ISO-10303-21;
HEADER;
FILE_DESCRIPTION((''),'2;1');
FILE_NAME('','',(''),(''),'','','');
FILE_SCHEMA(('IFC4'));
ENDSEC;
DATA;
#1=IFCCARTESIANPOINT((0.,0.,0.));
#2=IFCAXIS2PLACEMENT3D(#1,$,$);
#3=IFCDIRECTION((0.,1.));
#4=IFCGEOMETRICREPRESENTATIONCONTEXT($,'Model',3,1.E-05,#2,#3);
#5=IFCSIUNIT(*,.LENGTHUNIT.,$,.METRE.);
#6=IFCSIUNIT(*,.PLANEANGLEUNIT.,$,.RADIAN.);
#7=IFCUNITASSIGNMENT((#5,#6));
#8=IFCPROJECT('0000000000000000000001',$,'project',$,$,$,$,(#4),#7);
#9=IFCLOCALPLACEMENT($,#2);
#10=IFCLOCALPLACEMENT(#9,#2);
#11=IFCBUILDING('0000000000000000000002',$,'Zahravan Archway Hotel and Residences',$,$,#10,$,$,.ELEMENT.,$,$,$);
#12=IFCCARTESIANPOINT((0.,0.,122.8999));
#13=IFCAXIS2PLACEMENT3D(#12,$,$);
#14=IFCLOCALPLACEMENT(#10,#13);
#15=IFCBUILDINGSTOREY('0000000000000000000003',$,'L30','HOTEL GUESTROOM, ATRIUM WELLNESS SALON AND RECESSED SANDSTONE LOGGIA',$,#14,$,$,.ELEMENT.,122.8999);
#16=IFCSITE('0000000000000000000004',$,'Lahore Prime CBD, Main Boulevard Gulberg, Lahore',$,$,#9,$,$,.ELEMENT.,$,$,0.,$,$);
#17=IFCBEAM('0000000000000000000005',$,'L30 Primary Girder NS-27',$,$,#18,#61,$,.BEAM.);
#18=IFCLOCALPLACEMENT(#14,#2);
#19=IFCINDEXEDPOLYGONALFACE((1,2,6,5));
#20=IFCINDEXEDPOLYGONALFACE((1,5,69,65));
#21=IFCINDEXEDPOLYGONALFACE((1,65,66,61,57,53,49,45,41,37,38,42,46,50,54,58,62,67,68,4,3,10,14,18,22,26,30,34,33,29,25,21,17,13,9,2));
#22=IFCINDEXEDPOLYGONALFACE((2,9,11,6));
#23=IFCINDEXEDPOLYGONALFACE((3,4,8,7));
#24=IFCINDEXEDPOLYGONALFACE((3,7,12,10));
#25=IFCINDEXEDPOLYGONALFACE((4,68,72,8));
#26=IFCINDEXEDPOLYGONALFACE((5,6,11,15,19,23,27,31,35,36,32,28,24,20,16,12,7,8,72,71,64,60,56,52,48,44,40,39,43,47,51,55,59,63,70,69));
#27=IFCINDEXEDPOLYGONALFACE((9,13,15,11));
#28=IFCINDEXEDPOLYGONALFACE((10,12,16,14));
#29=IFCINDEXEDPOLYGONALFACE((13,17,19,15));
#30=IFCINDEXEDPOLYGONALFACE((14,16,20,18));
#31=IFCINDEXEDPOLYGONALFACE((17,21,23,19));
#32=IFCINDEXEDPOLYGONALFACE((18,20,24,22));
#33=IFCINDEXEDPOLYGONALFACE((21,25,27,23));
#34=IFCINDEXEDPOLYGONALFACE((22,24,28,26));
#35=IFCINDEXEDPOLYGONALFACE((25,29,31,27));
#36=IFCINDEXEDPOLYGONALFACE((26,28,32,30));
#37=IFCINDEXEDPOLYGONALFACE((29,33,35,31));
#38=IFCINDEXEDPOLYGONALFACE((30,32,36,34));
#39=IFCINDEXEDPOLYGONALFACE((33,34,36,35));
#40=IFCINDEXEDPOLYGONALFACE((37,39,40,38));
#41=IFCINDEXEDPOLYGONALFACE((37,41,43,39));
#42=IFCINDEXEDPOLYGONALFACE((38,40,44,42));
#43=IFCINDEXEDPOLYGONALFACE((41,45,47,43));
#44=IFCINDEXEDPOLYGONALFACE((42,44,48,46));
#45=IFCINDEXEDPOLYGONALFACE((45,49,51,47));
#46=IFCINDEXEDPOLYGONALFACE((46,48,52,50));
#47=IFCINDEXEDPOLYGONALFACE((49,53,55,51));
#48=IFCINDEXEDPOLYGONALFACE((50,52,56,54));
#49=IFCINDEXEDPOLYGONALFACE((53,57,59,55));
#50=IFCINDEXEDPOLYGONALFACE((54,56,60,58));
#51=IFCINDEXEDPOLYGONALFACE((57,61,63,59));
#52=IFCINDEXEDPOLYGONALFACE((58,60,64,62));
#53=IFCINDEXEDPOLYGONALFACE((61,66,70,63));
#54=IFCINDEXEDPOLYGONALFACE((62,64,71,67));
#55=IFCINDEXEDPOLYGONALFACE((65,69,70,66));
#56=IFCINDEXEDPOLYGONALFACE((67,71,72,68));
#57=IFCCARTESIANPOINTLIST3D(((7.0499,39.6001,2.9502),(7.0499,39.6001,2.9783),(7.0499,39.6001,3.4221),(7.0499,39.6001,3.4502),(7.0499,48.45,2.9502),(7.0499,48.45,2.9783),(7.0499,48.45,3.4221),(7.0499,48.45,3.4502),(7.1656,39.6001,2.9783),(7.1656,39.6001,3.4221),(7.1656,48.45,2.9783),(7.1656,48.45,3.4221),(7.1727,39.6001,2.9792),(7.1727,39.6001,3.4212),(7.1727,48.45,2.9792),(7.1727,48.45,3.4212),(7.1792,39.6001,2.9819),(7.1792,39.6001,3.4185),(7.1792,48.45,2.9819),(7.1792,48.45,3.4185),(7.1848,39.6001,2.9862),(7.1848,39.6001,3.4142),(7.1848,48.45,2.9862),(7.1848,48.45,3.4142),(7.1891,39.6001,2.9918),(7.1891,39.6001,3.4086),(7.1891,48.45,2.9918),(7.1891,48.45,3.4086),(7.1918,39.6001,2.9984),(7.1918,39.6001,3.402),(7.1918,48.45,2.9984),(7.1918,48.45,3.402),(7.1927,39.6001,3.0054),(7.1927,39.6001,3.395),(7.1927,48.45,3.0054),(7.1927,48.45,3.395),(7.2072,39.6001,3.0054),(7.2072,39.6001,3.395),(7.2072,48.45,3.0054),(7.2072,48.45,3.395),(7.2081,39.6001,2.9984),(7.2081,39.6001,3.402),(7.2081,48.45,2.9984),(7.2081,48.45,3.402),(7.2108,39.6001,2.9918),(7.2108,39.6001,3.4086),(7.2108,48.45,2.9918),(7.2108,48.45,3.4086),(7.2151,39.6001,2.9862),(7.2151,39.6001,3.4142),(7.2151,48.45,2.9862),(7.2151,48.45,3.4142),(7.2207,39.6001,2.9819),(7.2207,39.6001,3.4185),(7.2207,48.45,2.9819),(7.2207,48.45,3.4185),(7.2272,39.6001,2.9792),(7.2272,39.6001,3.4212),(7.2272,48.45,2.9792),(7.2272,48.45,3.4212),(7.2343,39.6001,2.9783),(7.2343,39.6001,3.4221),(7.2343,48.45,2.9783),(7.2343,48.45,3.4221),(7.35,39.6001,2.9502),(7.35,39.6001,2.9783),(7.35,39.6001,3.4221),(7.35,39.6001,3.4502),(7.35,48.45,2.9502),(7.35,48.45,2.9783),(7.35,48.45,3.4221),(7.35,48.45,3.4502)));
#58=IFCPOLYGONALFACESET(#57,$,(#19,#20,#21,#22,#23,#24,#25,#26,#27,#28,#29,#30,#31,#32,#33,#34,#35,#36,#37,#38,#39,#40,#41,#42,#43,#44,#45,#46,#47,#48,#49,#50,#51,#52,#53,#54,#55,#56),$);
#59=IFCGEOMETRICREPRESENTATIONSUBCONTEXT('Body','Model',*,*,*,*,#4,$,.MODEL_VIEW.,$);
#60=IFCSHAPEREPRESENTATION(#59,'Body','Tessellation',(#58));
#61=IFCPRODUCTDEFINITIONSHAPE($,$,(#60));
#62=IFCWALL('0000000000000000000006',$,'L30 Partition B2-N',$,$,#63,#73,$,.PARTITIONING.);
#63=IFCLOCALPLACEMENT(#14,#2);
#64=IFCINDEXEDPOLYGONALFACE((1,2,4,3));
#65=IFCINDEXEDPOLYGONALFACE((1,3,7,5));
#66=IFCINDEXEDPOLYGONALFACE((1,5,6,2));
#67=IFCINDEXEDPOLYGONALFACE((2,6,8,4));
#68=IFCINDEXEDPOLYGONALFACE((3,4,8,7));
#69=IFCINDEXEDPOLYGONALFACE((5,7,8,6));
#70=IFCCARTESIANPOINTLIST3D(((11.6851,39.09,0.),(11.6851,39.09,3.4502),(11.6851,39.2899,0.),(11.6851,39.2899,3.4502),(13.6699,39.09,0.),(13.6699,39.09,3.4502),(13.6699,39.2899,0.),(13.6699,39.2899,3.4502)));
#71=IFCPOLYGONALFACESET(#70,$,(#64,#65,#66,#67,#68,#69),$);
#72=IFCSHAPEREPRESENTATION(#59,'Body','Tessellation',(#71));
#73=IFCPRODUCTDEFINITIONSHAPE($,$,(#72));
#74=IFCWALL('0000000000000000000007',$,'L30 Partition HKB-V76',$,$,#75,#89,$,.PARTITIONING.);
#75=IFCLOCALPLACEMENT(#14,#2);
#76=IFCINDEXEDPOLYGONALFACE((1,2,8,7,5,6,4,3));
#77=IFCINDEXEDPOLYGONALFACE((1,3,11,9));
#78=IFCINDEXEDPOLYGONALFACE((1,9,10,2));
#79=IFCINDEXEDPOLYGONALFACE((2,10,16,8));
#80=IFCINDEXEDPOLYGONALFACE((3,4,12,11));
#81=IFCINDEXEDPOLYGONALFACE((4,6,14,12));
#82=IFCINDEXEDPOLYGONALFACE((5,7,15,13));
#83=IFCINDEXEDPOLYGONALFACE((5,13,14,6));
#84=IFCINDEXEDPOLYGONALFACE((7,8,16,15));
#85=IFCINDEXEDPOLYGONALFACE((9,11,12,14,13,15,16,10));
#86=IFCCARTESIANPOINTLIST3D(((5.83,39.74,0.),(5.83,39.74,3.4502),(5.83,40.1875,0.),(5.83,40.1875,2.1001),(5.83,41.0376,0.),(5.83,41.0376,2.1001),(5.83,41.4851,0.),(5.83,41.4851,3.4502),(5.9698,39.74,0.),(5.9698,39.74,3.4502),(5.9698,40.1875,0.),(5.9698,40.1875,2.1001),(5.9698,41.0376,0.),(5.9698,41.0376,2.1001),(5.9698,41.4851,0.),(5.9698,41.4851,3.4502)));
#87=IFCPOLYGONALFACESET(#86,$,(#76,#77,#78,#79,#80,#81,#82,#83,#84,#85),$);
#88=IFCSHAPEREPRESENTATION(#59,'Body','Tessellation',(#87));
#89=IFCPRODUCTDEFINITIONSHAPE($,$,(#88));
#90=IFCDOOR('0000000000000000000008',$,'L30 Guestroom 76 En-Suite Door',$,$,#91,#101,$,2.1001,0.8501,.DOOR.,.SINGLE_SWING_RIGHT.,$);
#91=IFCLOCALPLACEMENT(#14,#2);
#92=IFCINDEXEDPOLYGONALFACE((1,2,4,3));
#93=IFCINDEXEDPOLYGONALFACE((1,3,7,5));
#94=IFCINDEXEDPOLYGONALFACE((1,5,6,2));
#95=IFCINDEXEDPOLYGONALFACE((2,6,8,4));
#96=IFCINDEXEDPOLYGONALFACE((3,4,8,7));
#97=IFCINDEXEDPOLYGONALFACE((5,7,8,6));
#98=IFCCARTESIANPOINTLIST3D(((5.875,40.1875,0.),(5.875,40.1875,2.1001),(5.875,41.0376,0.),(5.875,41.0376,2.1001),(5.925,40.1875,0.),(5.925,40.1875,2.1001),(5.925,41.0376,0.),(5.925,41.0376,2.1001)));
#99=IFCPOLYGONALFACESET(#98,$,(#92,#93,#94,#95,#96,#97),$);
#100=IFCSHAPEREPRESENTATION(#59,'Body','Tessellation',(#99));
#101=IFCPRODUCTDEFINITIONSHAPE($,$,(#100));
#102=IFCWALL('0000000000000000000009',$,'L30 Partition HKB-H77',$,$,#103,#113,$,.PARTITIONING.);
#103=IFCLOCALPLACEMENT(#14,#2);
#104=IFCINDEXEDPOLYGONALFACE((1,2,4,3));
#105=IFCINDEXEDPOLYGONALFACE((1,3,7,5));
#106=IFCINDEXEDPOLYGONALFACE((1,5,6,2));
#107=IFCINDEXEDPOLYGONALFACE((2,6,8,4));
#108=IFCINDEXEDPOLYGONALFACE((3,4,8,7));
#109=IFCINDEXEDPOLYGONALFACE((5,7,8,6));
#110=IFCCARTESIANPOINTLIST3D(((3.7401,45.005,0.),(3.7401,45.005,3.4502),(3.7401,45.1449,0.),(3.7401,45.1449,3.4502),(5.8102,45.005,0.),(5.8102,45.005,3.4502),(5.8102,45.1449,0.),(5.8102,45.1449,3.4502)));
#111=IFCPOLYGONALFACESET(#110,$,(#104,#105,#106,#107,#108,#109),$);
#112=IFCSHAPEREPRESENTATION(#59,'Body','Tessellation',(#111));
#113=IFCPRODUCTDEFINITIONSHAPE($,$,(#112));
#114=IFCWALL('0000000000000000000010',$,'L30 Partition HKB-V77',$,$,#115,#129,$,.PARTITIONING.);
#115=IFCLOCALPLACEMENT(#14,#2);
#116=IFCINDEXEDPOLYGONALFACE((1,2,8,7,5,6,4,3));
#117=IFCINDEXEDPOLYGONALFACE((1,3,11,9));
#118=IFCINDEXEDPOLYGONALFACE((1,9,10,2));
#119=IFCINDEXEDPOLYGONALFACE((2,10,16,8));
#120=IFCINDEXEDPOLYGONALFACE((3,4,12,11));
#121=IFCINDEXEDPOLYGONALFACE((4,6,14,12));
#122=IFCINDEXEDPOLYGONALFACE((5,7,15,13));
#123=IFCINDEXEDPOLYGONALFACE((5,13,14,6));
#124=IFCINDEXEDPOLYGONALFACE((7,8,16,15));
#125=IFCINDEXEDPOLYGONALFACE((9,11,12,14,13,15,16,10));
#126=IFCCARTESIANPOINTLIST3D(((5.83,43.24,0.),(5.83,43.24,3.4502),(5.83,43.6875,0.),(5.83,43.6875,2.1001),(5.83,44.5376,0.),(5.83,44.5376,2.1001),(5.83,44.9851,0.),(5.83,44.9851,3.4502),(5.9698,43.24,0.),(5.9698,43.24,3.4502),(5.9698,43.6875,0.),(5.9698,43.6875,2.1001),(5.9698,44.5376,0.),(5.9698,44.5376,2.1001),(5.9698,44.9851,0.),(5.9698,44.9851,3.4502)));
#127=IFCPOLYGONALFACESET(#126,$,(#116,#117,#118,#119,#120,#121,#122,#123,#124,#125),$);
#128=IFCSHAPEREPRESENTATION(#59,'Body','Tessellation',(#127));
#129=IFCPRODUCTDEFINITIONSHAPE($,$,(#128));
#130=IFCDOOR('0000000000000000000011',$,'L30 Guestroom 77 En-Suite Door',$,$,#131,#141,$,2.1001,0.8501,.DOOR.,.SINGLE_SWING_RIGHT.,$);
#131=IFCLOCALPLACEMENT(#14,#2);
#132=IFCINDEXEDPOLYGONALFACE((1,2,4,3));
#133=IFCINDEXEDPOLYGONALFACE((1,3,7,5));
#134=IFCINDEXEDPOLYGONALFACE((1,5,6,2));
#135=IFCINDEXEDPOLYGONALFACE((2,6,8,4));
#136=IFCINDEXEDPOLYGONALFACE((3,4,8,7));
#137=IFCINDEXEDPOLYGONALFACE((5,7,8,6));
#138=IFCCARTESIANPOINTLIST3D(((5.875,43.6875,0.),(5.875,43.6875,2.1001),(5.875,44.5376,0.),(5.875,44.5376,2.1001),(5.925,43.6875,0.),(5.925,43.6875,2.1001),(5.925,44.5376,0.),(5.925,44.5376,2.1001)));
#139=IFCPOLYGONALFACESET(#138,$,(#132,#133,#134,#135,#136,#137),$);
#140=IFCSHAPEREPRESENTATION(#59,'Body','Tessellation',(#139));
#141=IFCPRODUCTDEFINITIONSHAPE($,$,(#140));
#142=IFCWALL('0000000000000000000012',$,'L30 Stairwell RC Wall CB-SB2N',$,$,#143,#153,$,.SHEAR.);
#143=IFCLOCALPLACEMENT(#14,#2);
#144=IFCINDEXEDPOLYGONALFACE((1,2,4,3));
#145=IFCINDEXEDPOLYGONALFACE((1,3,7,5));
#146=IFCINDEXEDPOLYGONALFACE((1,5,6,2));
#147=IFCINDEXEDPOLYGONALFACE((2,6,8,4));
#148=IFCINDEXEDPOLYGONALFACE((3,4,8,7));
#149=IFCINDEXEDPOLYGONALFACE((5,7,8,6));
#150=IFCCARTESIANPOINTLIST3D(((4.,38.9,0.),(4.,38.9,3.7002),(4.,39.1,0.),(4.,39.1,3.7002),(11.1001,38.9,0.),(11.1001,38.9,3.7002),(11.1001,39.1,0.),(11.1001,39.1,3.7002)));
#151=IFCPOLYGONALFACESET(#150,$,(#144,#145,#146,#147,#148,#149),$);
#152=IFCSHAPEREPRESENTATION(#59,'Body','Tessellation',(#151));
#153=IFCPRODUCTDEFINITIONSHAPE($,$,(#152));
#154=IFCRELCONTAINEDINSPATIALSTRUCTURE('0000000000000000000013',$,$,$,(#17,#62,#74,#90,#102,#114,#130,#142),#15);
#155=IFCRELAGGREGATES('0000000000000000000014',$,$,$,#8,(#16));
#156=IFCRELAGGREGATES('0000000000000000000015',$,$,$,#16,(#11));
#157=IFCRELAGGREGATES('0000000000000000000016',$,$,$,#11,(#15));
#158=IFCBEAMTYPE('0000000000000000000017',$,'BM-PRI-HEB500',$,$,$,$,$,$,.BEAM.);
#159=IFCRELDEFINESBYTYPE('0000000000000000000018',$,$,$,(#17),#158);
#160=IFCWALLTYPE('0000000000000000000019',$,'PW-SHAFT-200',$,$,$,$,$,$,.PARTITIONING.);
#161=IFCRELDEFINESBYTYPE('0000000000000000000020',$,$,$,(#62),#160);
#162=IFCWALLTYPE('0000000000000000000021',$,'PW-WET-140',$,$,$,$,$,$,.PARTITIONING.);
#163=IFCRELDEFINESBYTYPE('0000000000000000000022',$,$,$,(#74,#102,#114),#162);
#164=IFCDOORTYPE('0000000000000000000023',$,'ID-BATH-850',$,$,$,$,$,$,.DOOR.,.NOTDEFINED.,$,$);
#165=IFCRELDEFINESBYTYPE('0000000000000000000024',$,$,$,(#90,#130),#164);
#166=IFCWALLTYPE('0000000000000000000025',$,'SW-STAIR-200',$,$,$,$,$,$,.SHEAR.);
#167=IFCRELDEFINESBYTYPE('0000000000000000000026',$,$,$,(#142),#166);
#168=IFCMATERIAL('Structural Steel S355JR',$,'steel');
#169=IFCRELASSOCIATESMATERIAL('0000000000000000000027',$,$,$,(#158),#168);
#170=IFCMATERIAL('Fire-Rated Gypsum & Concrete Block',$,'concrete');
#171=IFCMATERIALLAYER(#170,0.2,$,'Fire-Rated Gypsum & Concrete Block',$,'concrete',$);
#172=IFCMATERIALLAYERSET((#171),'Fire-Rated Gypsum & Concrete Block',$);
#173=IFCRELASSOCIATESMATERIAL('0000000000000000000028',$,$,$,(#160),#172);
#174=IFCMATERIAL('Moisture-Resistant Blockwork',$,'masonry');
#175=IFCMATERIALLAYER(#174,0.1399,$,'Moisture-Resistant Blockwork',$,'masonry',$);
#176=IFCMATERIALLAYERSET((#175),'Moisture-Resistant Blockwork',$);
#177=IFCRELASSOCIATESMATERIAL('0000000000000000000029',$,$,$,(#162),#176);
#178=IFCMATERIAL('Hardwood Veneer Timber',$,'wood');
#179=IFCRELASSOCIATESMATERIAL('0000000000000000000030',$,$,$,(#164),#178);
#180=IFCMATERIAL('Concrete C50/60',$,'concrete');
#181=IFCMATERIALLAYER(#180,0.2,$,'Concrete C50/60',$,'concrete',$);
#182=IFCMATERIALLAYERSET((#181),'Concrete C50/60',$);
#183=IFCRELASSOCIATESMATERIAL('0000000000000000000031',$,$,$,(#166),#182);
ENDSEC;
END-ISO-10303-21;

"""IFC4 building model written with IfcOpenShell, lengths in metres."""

from ifc_helpers import new_model, si_unit, direction, frame, frame_2d, origin, origin_2d, place, context, subcontext, project, spatial, rectangle, i_section, extrude, source, transform, mapped, material, layer, layer_set, material_profile, profile_set, type_object, type_shapes, element, fill, save


model = new_model("IFC4")

# Units and contexts
model_context = context("Model", 3, precision=1e-05, world=origin(), true_north=direction((0.0, 1.0)))
body_context = subcontext(model_context, "Body", "Model", "MODEL_VIEW")
ifc_project = project(units=[si_unit("LENGTHUNIT", "METRE"), si_unit("PLANEANGLEUNIT", "RADIAN")], contexts=[model_context])

# Site, building, storey
site_placement = place(None, origin())
site = spatial("IfcSite", under=ifc_project, at=site_placement, Name="Lahore Prime CBD, Main Boulevard Gulberg, Lahore", CompositionType="ELEMENT", RefElevation=0.0)
building_placement = place(site_placement, origin())
building = spatial("IfcBuilding", under=site, at=building_placement, Name="Zahravan Archway Hotel and Residences", CompositionType="ELEMENT")
storey_placement = place(building_placement, frame((0.0, 0.0, 122.8999)))
storey = spatial("IfcBuildingStorey", under=building, at=storey_placement, Name="L30", Description="HOTEL GUESTROOM, ATRIUM WELLNESS SALON AND RECESSED SANDSTONE LOGGIA", CompositionType="ELEMENT", Elevation=122.8999)

# Beam
ifc_material_1 = material(Name="Structural Steel S355JR", Category="steel")
ifc_material_profile_1 = material_profile(ifc_material_1, i_section(OverallWidth=0.3, OverallDepth=0.5, WebThickness=0.0144, FlangeThickness=0.0281, FilletRadius=0.0271, at=origin_2d()), Name="HEB 500", Category="steel")
ifc_profile_set_1 = profile_set([ifc_material_profile_1], Name="Structural Steel S355JR")
beam_type_1 = type_object("IfcBeamType", Name="BM-PRI-HEB500", PredefinedType="BEAM", material=ifc_profile_set_1)
shared_shape_1 = source(origin(), body_context, "Body", "SweptSolid", [
    extrude(i_section(OverallWidth=0.3, OverallDepth=0.5, WebThickness=0.0144, FlangeThickness=0.0281, FilletRadius=0.0271, at=origin_2d()), origin(), (0.0, 0.0, 1.0), 8.8499),
])
beam_1_placement = place(storey_placement, frame((7.2, 39.6001, 3.2002), z_axis=(0.0, 1.0, 0.0), x_axis=(-1.0, 0.0, 0.0)))
element("IfcBeam", 1, at=beam_1_placement, inside=storey, type_object=beam_type_1, Name="L30 Primary Girder NS-27", PredefinedType="BEAM", context=body_context, shape_type="MappedRepresentation", body=[
    mapped(shared_shape_1, transform((0.0, 0.0, 0.0), scale=1.0)),
])

# Wall
ifc_material_2 = material(Name="Fire-Rated Gypsum & Concrete Block", Category="concrete")
ifc_layer_1 = layer(ifc_material_2, 0.2, Name="Fire-Rated Gypsum & Concrete Block", Category="concrete")
ifc_layer_set_1 = layer_set([ifc_layer_1], Name="Fire-Rated Gypsum & Concrete Block")
wall_type_1 = type_object("IfcWallType", Name="PW-SHAFT-200", PredefinedType="PARTITIONING", material=ifc_layer_set_1)
wall_1_placement = place(storey_placement, frame((11.6851, 39.1899, 0.0), z_axis=(0.0, 0.0, 1.0), x_axis=(1.0, 0.0, 0.0)))
element("IfcWall", 2, at=wall_1_placement, inside=storey, type_object=wall_type_1, Name="L30 Partition B2-N", PredefinedType="PARTITIONING", context=body_context, shape_type="SweptSolid", body=[
    extrude(rectangle(XDim=1.9849, YDim=0.2, at=frame_2d((0.9924, 0.0))), origin(), (0.0, 0.0, 1.0), 3.4502),
])

# Wall, opening, door
ifc_material_3 = material(Name="Moisture-Resistant Blockwork", Category="masonry")
ifc_layer_2 = layer(ifc_material_3, 0.1399, Name="Moisture-Resistant Blockwork", Category="masonry")
ifc_layer_set_2 = layer_set([ifc_layer_2], Name="Moisture-Resistant Blockwork")
wall_type_2 = type_object("IfcWallType", Name="PW-WET-140", PredefinedType="PARTITIONING", material=ifc_layer_set_2)
wall_2_placement = place(storey_placement, frame((5.8999, 39.74, 0.0), z_axis=(0.0, 0.0, 1.0), x_axis=(0.0, 1.0, 0.0)))
wall_2 = element("IfcWall", 3, at=wall_2_placement, inside=storey, type_object=wall_type_2, Name="L30 Partition HKB-V76", PredefinedType="PARTITIONING", context=body_context, shape_type="SweptSolid", body=[
    extrude(rectangle(XDim=1.7451, YDim=0.1399, at=frame_2d((0.8726, 0.0))), origin(), (0.0, 0.0, 1.0), 3.4502),
])
opening_1_placement = place(wall_2_placement, frame((0.4475, 0.0, 0.0)))
opening_1 = element("IfcOpeningElement", 4, at=opening_1_placement, cuts=wall_2, PredefinedType="OPENING", context=body_context, shape_type="SweptSolid", body=[
    extrude(rectangle(XDim=0.8501, YDim=2.1001, at=frame_2d((0.425, 1.05))), frame((0.0, 0.0801, 0.0), z_axis=(0.0, -1.0, 0.0), x_axis=(1.0, 0.0, 0.0)), (0.0, 0.0, 1.0), 0.1599),
])
ifc_material_4 = material(Name="Hardwood Veneer Timber", Category="wood")
door_type = type_object("IfcDoorType", Name="ID-BATH-850", OperationType="NOTDEFINED", PredefinedType="DOOR", material=ifc_material_4)
shared_shape_2 = source(origin(), body_context, "Body", "SweptSolid", [
    extrude(rectangle(XDim=0.8501, YDim=2.1001, at=frame_2d((0.425, 1.05))), frame((0.0, 0.0249, 0.0), z_axis=(0.0, -1.0, 0.0), x_axis=(1.0, 0.0, 0.0)), (0.0, 0.0, 1.0), 0.05),
])
type_shapes(door_type, [shared_shape_2])
door_1_placement = place(opening_1_placement, origin())
door_1 = element("IfcDoor", 5, at=door_1_placement, inside=storey, type_object=door_type, Name="L30 Guestroom 76 En-Suite Door", OperationType="SINGLE_SWING_RIGHT", OverallHeight=2.1001, OverallWidth=0.8501, PredefinedType="DOOR", context=body_context, shape_type="MappedRepresentation", body=[
    mapped(shared_shape_2, transform((0.0, 0.0, 0.0), scale=1.0)),
])
fill(opening_1, door_1)

# Wall
wall_3_placement = place(storey_placement, frame((3.74, 45.075, 0.0), z_axis=(0.0, 0.0, 1.0), x_axis=(1.0, 0.0, 0.0)))
element("IfcWall", 6, at=wall_3_placement, inside=storey, type_object=wall_type_2, Name="L30 Partition HKB-H77", PredefinedType="PARTITIONING", context=body_context, shape_type="SweptSolid", body=[
    extrude(rectangle(XDim=2.0701, YDim=0.1399, at=frame_2d((1.0352, 0.0))), origin(), (0.0, 0.0, 1.0), 3.4502),
])

# Wall, opening, door
wall_4_placement = place(storey_placement, frame((5.8999, 43.24, 0.0), z_axis=(0.0, 0.0, 1.0), x_axis=(0.0, 1.0, 0.0)))
wall_4 = element("IfcWall", 7, at=wall_4_placement, inside=storey, type_object=wall_type_2, Name="L30 Partition HKB-V77", PredefinedType="PARTITIONING", context=body_context, shape_type="SweptSolid", body=[
    extrude(rectangle(XDim=1.7451, YDim=0.1399, at=frame_2d((0.8726, 0.0))), origin(), (0.0, 0.0, 1.0), 3.4502),
])
opening_2_placement = place(wall_4_placement, frame((0.4475, 0.0, 0.0)))
opening_2 = element("IfcOpeningElement", 8, at=opening_2_placement, cuts=wall_4, PredefinedType="OPENING", context=body_context, shape_type="SweptSolid", body=[
    extrude(rectangle(XDim=0.8501, YDim=2.1001, at=frame_2d((0.425, 1.05))), frame((0.0, 0.0801, 0.0), z_axis=(0.0, -1.0, 0.0), x_axis=(1.0, 0.0, 0.0)), (0.0, 0.0, 1.0), 0.1599),
])
door_2_placement = place(opening_2_placement, origin())
door_2 = element("IfcDoor", 9, at=door_2_placement, inside=storey, type_object=door_type, Name="L30 Guestroom 77 En-Suite Door", OperationType="SINGLE_SWING_RIGHT", OverallHeight=2.1001, OverallWidth=0.8501, PredefinedType="DOOR", context=body_context, shape_type="MappedRepresentation", body=[
    mapped(shared_shape_2, transform((0.0, 0.0, 0.0), scale=1.0)),
])
fill(opening_2, door_2)

# Wall
ifc_material_5 = material(Name="Concrete C50/60", Category="concrete")
ifc_layer_3 = layer(ifc_material_5, 0.2, Name="Concrete C50/60", Category="concrete")
ifc_layer_set_3 = layer_set([ifc_layer_3], Name="Concrete C50/60")
wall_type_3 = type_object("IfcWallType", Name="SW-STAIR-200", PredefinedType="SHEAR", material=ifc_layer_set_3)
wall_5_placement = place(storey_placement, frame((4.0, 39.0, 0.0), z_axis=(0.0, 0.0, 1.0), x_axis=(1.0, 0.0, 0.0)))
element("IfcWall", 10, at=wall_5_placement, inside=storey, type_object=wall_type_3, Name="L30 Stairwell RC Wall CB-SB2N", PredefinedType="SHEAR", context=body_context, shape_type="SweptSolid", body=[
    extrude(rectangle(XDim=7.1001, YDim=0.2, at=frame_2d((3.55, 0.0))), origin(), (0.0, 0.0, 1.0), 3.7002),
])

save(model, "model.ifc")
